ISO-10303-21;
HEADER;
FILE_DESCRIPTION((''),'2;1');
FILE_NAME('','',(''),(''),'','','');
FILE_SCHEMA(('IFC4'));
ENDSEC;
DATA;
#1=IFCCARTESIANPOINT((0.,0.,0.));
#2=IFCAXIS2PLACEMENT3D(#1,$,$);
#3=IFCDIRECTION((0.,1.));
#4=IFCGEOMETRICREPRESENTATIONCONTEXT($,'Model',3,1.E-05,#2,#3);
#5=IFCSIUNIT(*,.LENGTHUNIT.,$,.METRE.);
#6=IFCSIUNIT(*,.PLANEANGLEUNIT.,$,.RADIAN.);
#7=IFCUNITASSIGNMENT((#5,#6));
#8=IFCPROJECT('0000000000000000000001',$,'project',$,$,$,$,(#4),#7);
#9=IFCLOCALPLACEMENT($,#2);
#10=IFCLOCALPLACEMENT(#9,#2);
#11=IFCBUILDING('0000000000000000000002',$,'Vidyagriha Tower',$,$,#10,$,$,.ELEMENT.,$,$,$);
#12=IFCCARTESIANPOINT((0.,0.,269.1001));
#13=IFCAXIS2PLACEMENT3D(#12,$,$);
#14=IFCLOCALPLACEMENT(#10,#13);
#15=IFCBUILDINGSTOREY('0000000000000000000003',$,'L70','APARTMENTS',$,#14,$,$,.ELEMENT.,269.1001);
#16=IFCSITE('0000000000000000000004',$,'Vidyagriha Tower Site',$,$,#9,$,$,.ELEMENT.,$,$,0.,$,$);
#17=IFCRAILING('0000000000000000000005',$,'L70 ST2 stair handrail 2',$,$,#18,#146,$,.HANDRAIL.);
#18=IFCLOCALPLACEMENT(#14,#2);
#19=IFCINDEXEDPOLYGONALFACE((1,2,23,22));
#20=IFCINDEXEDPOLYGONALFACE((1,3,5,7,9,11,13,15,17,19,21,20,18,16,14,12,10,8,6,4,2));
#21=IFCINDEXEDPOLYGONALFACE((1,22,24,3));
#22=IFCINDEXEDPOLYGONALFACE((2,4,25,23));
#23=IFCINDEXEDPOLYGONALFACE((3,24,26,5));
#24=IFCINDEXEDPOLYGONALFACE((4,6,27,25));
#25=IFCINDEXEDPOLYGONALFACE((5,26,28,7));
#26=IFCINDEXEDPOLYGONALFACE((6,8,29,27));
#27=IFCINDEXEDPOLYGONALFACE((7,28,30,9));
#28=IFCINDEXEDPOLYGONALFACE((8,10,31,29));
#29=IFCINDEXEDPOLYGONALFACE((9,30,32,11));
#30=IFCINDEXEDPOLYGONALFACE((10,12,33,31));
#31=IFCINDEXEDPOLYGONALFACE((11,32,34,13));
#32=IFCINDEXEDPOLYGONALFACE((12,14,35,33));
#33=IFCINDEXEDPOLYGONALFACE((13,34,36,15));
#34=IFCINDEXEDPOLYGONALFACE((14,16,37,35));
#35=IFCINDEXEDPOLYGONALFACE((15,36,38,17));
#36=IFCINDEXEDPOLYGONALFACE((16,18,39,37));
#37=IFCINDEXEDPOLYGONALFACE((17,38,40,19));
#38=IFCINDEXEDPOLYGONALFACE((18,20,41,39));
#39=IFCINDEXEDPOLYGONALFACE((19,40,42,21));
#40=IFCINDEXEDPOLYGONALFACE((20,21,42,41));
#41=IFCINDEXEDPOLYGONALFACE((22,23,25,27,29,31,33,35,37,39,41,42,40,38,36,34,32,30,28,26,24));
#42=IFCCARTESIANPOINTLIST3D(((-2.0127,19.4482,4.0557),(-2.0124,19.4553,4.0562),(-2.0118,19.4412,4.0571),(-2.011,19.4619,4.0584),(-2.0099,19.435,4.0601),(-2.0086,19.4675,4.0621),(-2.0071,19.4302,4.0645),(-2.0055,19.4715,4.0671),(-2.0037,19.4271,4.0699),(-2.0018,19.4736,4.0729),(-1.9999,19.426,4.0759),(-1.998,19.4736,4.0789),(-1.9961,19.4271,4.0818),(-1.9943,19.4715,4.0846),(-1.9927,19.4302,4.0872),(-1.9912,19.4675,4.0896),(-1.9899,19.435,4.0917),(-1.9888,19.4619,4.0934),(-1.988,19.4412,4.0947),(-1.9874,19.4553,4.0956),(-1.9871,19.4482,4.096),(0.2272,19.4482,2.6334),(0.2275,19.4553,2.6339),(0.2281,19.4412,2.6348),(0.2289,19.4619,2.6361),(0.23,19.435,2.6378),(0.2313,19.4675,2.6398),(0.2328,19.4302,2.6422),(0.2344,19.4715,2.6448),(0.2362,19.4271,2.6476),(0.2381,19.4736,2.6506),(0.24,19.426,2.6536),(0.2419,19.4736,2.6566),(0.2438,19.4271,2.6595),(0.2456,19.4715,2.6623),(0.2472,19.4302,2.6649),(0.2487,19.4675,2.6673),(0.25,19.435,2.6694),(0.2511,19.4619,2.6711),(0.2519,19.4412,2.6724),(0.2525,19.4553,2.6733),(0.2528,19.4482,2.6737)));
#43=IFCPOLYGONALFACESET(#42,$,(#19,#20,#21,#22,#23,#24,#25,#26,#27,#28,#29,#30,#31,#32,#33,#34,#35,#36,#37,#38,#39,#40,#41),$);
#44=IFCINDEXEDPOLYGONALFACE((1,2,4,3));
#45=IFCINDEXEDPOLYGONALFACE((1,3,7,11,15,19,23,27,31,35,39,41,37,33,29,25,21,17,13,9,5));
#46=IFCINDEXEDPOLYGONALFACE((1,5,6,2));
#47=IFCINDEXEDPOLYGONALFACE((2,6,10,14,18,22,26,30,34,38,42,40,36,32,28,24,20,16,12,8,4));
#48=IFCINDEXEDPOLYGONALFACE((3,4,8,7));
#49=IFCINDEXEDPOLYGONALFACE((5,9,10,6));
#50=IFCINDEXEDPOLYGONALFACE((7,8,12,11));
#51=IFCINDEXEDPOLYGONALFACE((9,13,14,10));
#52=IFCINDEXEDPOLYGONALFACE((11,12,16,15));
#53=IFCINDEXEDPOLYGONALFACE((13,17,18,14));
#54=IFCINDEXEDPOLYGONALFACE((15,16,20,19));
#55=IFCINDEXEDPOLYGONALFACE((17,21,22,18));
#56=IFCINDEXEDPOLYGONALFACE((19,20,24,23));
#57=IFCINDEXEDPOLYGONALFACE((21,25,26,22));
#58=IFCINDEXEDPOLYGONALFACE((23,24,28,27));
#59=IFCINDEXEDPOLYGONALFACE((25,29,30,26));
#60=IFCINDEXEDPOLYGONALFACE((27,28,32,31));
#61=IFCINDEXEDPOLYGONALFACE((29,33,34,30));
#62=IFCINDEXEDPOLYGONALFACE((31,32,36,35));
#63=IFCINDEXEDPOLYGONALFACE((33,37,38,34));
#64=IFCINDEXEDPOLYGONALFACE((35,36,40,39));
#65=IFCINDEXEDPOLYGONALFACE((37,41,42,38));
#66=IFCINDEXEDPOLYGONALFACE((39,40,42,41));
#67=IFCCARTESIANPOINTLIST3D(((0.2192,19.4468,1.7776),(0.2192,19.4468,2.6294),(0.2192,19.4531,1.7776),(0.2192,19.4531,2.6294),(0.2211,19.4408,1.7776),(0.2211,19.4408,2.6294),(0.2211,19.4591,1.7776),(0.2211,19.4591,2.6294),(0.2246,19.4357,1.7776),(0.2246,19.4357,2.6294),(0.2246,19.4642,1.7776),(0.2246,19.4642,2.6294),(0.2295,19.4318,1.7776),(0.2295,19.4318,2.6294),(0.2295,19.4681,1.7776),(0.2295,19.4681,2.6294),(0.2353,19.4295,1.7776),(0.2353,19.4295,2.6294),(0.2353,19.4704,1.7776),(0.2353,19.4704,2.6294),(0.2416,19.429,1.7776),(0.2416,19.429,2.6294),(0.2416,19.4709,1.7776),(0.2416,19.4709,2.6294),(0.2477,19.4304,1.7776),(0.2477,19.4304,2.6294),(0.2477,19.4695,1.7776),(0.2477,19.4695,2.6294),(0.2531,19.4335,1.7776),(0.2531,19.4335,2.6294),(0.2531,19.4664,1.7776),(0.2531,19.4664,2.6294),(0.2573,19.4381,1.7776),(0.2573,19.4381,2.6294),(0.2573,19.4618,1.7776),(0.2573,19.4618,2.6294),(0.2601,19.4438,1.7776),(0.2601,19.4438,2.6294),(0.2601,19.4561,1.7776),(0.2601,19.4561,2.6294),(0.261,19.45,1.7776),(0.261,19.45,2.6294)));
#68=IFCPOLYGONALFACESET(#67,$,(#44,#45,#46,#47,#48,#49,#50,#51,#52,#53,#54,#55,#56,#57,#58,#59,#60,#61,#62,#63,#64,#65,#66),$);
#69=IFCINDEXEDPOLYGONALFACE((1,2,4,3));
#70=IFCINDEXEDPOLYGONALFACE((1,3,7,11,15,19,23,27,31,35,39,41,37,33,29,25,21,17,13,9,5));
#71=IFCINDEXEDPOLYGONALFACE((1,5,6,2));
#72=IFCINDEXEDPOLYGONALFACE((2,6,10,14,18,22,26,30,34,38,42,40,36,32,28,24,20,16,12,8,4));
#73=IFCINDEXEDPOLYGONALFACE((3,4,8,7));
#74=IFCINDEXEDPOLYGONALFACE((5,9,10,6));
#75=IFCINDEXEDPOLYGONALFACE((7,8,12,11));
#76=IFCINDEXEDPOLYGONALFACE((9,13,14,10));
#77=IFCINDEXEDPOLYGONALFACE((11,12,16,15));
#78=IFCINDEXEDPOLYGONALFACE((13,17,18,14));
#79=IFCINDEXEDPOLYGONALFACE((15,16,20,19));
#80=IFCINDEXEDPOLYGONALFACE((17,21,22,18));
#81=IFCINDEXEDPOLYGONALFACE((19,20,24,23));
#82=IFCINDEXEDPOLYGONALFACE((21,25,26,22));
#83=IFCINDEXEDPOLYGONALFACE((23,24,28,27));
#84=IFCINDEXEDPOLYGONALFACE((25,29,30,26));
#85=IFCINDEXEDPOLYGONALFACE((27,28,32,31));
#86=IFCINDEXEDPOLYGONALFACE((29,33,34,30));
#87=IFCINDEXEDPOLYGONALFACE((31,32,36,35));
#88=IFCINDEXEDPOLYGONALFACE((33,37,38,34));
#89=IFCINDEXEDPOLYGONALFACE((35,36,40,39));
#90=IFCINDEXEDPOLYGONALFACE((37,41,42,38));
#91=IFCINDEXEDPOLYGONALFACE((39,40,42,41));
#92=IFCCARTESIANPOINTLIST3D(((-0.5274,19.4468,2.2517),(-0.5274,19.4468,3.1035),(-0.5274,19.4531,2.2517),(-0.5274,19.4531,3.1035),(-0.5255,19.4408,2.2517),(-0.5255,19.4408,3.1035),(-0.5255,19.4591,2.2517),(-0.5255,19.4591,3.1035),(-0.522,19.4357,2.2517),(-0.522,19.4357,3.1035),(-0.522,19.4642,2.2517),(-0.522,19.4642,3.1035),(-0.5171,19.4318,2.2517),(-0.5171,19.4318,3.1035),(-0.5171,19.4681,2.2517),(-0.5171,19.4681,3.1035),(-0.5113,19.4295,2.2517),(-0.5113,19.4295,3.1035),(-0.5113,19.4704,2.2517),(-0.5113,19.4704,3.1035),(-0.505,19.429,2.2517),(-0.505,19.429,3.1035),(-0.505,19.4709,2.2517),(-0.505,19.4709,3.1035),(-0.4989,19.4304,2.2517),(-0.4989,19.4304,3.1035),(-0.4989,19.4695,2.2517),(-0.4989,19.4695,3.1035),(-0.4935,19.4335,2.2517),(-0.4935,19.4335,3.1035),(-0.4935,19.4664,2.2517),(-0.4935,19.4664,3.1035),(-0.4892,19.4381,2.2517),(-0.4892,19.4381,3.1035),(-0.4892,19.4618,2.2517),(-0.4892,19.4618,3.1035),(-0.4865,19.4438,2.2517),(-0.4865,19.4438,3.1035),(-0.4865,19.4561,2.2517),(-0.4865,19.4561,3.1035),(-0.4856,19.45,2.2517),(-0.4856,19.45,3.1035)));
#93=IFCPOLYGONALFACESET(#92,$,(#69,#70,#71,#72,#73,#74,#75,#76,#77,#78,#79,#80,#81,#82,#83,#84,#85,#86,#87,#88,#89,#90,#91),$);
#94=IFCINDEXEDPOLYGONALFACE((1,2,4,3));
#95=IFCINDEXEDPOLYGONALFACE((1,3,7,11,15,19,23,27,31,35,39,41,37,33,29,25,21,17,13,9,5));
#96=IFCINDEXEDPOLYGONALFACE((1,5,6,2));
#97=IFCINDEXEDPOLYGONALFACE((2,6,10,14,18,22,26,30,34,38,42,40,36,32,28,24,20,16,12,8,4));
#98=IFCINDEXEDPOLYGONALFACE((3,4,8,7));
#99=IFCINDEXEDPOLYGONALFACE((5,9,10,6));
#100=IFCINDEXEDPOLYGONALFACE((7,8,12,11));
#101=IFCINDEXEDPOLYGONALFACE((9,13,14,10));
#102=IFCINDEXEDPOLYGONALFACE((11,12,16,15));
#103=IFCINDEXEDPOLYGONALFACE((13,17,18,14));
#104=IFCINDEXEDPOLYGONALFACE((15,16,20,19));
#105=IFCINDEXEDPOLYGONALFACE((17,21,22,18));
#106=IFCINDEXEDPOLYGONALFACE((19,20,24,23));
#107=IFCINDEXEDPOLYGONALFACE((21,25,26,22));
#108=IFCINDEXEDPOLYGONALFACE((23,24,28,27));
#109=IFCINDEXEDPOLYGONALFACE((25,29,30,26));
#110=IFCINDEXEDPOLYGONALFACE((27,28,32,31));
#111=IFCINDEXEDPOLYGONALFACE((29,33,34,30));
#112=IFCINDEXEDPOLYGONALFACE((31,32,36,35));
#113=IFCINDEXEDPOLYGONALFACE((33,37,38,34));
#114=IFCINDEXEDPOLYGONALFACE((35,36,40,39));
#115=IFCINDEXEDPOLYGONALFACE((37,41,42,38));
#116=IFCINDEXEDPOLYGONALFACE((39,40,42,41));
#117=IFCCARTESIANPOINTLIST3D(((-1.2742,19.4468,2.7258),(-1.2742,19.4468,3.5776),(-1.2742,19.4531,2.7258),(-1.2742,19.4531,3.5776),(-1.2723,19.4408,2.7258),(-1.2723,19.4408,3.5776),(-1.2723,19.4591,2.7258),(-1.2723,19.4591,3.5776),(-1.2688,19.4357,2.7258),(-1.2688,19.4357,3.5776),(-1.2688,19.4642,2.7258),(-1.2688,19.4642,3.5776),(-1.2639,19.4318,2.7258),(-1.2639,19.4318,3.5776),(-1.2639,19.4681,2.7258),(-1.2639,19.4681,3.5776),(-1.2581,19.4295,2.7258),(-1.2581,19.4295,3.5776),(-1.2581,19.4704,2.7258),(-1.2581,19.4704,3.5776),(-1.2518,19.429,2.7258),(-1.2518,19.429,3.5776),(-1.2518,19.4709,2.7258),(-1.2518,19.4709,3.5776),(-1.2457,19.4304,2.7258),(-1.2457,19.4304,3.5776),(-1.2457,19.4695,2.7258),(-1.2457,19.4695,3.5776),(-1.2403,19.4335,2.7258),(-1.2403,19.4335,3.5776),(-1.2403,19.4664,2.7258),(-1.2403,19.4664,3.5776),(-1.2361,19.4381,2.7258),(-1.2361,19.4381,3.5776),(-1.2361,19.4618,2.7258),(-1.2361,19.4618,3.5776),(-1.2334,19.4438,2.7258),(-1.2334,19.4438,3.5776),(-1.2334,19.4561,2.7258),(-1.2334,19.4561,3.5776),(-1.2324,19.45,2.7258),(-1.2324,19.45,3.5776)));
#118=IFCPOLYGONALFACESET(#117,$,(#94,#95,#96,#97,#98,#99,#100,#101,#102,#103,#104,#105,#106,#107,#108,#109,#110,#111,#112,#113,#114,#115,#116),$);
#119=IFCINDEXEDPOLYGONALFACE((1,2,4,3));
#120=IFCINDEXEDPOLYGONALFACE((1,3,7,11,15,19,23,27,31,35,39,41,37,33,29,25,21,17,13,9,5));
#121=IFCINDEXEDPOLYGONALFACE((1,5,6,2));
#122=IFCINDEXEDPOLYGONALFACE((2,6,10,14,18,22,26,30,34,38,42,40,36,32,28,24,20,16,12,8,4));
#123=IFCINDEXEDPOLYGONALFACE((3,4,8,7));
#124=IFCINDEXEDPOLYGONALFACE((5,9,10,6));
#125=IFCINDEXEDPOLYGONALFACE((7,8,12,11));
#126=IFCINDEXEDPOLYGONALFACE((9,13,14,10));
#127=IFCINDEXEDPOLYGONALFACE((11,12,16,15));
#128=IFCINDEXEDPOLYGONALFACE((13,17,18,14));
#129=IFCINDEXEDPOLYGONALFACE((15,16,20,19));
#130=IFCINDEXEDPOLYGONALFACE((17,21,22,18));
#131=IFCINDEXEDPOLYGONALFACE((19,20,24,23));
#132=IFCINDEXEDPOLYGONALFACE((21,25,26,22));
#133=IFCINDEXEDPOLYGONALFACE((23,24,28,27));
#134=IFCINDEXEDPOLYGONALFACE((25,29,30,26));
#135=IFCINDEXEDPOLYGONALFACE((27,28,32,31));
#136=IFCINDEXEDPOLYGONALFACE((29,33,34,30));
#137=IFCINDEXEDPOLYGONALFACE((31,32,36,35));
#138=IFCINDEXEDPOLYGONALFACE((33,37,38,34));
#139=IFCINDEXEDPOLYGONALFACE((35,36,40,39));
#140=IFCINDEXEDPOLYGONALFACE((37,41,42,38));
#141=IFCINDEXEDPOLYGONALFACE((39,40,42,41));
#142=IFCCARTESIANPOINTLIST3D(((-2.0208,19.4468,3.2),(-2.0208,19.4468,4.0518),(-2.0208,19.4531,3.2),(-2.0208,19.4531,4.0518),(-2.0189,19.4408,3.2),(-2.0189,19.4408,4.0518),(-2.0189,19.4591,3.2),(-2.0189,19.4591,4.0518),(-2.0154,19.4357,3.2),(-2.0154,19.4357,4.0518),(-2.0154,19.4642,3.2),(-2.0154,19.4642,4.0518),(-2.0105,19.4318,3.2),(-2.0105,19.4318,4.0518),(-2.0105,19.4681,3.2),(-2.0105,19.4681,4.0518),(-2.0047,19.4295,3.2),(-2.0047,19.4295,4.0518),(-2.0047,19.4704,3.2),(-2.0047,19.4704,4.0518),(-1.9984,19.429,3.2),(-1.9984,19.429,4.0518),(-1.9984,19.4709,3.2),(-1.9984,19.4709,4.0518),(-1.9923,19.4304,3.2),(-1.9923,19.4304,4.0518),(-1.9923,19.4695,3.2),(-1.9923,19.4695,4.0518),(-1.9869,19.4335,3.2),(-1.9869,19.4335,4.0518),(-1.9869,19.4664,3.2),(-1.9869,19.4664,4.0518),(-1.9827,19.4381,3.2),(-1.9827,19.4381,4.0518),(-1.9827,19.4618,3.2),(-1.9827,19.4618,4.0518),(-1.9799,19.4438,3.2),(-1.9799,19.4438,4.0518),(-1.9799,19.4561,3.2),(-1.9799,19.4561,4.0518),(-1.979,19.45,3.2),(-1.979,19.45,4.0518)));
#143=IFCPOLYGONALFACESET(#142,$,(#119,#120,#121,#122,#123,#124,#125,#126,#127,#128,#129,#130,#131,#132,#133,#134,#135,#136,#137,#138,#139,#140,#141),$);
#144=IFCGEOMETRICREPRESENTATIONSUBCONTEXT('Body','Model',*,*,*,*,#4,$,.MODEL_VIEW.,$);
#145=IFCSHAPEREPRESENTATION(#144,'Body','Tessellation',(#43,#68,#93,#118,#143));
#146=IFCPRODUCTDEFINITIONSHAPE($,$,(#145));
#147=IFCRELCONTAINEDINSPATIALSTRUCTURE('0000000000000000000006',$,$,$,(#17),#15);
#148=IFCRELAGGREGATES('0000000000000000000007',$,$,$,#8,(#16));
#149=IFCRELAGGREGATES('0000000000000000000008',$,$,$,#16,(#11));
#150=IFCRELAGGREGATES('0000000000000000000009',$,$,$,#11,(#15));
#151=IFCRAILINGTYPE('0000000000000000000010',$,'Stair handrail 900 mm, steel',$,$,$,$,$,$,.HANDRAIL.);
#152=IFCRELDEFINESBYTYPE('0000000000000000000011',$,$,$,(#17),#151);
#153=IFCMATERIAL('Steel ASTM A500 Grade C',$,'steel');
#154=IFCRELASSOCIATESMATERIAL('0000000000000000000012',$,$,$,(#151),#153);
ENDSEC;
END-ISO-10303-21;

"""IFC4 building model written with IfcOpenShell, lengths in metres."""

from ifc_helpers import new_model, si_unit, direction, frame, origin, origin_2d, place, context, subcontext, project, spatial, circle, extrude, material, type_object, element, save


model = new_model("IFC4")

# Units and contexts
model_context = context("Model", 3, precision=1e-05, world=origin(), true_north=direction((0.0, 1.0)))
body_context = subcontext(model_context, "Body", "Model", "MODEL_VIEW")
ifc_project = project(units=[si_unit("LENGTHUNIT", "METRE"), si_unit("PLANEANGLEUNIT", "RADIAN")], contexts=[model_context])

# Site, building, storey
site_placement = place(None, origin())
site = spatial("IfcSite", under=ifc_project, at=site_placement, Name="Vidyagriha Tower Site", CompositionType="ELEMENT", RefElevation=0.0)
building_placement = place(site_placement, origin())
building = spatial("IfcBuilding", under=site, at=building_placement, Name="Vidyagriha Tower", CompositionType="ELEMENT")
storey_placement = place(building_placement, frame((0.0, 0.0, 269.1001)))
storey = spatial("IfcBuildingStorey", under=building, at=storey_placement, Name="L70", Description="APARTMENTS", CompositionType="ELEMENT", Elevation=269.1001)

# Railing
ifc_material_1 = material(Name="Steel ASTM A500 Grade C", Category="steel")
railing_type_1 = type_object("IfcRailingType", Name="Stair handrail 900 mm, steel", PredefinedType="HANDRAIL", material=ifc_material_1)
for number, where, name in (
    (1, (0.24, 19.45, 1.7776), "L70 ST2 stair handrail 2"),
):
    element("IfcRailing", number, at=place(storey_placement, frame(where)), inside=storey, type_object=railing_type_1, Name=name, PredefinedType="HANDRAIL", context=body_context, shape_type="SweptSolid", body=[
        extrude(circle(Radius=0.0239, at=origin_2d()), frame((0.0, 0.0, 0.876), z_axis=(-0.844188, 0.0, 0.536048), x_axis=(0.0, -1.0, 0.0)), (0.0, 0.0, 1.0), 2.6533),
        extrude(circle(Radius=0.021, at=origin_2d()), origin(), (0.0, 0.0, 1.0), 0.8518),
        extrude(circle(Radius=0.021, at=origin_2d()), frame((-0.7466, 0.0, 0.4741)), (0.0, 0.0, 1.0), 0.8518),
        extrude(circle(Radius=0.021, at=origin_2d()), frame((-1.4934, 0.0, 0.9482)), (0.0, 0.0, 1.0), 0.8518),
        extrude(circle(Radius=0.021, at=origin_2d()), frame((-2.24, 0.0, 1.4224)), (0.0, 0.0, 1.0), 0.8518),
    ])

save(model, "model.ifc")
